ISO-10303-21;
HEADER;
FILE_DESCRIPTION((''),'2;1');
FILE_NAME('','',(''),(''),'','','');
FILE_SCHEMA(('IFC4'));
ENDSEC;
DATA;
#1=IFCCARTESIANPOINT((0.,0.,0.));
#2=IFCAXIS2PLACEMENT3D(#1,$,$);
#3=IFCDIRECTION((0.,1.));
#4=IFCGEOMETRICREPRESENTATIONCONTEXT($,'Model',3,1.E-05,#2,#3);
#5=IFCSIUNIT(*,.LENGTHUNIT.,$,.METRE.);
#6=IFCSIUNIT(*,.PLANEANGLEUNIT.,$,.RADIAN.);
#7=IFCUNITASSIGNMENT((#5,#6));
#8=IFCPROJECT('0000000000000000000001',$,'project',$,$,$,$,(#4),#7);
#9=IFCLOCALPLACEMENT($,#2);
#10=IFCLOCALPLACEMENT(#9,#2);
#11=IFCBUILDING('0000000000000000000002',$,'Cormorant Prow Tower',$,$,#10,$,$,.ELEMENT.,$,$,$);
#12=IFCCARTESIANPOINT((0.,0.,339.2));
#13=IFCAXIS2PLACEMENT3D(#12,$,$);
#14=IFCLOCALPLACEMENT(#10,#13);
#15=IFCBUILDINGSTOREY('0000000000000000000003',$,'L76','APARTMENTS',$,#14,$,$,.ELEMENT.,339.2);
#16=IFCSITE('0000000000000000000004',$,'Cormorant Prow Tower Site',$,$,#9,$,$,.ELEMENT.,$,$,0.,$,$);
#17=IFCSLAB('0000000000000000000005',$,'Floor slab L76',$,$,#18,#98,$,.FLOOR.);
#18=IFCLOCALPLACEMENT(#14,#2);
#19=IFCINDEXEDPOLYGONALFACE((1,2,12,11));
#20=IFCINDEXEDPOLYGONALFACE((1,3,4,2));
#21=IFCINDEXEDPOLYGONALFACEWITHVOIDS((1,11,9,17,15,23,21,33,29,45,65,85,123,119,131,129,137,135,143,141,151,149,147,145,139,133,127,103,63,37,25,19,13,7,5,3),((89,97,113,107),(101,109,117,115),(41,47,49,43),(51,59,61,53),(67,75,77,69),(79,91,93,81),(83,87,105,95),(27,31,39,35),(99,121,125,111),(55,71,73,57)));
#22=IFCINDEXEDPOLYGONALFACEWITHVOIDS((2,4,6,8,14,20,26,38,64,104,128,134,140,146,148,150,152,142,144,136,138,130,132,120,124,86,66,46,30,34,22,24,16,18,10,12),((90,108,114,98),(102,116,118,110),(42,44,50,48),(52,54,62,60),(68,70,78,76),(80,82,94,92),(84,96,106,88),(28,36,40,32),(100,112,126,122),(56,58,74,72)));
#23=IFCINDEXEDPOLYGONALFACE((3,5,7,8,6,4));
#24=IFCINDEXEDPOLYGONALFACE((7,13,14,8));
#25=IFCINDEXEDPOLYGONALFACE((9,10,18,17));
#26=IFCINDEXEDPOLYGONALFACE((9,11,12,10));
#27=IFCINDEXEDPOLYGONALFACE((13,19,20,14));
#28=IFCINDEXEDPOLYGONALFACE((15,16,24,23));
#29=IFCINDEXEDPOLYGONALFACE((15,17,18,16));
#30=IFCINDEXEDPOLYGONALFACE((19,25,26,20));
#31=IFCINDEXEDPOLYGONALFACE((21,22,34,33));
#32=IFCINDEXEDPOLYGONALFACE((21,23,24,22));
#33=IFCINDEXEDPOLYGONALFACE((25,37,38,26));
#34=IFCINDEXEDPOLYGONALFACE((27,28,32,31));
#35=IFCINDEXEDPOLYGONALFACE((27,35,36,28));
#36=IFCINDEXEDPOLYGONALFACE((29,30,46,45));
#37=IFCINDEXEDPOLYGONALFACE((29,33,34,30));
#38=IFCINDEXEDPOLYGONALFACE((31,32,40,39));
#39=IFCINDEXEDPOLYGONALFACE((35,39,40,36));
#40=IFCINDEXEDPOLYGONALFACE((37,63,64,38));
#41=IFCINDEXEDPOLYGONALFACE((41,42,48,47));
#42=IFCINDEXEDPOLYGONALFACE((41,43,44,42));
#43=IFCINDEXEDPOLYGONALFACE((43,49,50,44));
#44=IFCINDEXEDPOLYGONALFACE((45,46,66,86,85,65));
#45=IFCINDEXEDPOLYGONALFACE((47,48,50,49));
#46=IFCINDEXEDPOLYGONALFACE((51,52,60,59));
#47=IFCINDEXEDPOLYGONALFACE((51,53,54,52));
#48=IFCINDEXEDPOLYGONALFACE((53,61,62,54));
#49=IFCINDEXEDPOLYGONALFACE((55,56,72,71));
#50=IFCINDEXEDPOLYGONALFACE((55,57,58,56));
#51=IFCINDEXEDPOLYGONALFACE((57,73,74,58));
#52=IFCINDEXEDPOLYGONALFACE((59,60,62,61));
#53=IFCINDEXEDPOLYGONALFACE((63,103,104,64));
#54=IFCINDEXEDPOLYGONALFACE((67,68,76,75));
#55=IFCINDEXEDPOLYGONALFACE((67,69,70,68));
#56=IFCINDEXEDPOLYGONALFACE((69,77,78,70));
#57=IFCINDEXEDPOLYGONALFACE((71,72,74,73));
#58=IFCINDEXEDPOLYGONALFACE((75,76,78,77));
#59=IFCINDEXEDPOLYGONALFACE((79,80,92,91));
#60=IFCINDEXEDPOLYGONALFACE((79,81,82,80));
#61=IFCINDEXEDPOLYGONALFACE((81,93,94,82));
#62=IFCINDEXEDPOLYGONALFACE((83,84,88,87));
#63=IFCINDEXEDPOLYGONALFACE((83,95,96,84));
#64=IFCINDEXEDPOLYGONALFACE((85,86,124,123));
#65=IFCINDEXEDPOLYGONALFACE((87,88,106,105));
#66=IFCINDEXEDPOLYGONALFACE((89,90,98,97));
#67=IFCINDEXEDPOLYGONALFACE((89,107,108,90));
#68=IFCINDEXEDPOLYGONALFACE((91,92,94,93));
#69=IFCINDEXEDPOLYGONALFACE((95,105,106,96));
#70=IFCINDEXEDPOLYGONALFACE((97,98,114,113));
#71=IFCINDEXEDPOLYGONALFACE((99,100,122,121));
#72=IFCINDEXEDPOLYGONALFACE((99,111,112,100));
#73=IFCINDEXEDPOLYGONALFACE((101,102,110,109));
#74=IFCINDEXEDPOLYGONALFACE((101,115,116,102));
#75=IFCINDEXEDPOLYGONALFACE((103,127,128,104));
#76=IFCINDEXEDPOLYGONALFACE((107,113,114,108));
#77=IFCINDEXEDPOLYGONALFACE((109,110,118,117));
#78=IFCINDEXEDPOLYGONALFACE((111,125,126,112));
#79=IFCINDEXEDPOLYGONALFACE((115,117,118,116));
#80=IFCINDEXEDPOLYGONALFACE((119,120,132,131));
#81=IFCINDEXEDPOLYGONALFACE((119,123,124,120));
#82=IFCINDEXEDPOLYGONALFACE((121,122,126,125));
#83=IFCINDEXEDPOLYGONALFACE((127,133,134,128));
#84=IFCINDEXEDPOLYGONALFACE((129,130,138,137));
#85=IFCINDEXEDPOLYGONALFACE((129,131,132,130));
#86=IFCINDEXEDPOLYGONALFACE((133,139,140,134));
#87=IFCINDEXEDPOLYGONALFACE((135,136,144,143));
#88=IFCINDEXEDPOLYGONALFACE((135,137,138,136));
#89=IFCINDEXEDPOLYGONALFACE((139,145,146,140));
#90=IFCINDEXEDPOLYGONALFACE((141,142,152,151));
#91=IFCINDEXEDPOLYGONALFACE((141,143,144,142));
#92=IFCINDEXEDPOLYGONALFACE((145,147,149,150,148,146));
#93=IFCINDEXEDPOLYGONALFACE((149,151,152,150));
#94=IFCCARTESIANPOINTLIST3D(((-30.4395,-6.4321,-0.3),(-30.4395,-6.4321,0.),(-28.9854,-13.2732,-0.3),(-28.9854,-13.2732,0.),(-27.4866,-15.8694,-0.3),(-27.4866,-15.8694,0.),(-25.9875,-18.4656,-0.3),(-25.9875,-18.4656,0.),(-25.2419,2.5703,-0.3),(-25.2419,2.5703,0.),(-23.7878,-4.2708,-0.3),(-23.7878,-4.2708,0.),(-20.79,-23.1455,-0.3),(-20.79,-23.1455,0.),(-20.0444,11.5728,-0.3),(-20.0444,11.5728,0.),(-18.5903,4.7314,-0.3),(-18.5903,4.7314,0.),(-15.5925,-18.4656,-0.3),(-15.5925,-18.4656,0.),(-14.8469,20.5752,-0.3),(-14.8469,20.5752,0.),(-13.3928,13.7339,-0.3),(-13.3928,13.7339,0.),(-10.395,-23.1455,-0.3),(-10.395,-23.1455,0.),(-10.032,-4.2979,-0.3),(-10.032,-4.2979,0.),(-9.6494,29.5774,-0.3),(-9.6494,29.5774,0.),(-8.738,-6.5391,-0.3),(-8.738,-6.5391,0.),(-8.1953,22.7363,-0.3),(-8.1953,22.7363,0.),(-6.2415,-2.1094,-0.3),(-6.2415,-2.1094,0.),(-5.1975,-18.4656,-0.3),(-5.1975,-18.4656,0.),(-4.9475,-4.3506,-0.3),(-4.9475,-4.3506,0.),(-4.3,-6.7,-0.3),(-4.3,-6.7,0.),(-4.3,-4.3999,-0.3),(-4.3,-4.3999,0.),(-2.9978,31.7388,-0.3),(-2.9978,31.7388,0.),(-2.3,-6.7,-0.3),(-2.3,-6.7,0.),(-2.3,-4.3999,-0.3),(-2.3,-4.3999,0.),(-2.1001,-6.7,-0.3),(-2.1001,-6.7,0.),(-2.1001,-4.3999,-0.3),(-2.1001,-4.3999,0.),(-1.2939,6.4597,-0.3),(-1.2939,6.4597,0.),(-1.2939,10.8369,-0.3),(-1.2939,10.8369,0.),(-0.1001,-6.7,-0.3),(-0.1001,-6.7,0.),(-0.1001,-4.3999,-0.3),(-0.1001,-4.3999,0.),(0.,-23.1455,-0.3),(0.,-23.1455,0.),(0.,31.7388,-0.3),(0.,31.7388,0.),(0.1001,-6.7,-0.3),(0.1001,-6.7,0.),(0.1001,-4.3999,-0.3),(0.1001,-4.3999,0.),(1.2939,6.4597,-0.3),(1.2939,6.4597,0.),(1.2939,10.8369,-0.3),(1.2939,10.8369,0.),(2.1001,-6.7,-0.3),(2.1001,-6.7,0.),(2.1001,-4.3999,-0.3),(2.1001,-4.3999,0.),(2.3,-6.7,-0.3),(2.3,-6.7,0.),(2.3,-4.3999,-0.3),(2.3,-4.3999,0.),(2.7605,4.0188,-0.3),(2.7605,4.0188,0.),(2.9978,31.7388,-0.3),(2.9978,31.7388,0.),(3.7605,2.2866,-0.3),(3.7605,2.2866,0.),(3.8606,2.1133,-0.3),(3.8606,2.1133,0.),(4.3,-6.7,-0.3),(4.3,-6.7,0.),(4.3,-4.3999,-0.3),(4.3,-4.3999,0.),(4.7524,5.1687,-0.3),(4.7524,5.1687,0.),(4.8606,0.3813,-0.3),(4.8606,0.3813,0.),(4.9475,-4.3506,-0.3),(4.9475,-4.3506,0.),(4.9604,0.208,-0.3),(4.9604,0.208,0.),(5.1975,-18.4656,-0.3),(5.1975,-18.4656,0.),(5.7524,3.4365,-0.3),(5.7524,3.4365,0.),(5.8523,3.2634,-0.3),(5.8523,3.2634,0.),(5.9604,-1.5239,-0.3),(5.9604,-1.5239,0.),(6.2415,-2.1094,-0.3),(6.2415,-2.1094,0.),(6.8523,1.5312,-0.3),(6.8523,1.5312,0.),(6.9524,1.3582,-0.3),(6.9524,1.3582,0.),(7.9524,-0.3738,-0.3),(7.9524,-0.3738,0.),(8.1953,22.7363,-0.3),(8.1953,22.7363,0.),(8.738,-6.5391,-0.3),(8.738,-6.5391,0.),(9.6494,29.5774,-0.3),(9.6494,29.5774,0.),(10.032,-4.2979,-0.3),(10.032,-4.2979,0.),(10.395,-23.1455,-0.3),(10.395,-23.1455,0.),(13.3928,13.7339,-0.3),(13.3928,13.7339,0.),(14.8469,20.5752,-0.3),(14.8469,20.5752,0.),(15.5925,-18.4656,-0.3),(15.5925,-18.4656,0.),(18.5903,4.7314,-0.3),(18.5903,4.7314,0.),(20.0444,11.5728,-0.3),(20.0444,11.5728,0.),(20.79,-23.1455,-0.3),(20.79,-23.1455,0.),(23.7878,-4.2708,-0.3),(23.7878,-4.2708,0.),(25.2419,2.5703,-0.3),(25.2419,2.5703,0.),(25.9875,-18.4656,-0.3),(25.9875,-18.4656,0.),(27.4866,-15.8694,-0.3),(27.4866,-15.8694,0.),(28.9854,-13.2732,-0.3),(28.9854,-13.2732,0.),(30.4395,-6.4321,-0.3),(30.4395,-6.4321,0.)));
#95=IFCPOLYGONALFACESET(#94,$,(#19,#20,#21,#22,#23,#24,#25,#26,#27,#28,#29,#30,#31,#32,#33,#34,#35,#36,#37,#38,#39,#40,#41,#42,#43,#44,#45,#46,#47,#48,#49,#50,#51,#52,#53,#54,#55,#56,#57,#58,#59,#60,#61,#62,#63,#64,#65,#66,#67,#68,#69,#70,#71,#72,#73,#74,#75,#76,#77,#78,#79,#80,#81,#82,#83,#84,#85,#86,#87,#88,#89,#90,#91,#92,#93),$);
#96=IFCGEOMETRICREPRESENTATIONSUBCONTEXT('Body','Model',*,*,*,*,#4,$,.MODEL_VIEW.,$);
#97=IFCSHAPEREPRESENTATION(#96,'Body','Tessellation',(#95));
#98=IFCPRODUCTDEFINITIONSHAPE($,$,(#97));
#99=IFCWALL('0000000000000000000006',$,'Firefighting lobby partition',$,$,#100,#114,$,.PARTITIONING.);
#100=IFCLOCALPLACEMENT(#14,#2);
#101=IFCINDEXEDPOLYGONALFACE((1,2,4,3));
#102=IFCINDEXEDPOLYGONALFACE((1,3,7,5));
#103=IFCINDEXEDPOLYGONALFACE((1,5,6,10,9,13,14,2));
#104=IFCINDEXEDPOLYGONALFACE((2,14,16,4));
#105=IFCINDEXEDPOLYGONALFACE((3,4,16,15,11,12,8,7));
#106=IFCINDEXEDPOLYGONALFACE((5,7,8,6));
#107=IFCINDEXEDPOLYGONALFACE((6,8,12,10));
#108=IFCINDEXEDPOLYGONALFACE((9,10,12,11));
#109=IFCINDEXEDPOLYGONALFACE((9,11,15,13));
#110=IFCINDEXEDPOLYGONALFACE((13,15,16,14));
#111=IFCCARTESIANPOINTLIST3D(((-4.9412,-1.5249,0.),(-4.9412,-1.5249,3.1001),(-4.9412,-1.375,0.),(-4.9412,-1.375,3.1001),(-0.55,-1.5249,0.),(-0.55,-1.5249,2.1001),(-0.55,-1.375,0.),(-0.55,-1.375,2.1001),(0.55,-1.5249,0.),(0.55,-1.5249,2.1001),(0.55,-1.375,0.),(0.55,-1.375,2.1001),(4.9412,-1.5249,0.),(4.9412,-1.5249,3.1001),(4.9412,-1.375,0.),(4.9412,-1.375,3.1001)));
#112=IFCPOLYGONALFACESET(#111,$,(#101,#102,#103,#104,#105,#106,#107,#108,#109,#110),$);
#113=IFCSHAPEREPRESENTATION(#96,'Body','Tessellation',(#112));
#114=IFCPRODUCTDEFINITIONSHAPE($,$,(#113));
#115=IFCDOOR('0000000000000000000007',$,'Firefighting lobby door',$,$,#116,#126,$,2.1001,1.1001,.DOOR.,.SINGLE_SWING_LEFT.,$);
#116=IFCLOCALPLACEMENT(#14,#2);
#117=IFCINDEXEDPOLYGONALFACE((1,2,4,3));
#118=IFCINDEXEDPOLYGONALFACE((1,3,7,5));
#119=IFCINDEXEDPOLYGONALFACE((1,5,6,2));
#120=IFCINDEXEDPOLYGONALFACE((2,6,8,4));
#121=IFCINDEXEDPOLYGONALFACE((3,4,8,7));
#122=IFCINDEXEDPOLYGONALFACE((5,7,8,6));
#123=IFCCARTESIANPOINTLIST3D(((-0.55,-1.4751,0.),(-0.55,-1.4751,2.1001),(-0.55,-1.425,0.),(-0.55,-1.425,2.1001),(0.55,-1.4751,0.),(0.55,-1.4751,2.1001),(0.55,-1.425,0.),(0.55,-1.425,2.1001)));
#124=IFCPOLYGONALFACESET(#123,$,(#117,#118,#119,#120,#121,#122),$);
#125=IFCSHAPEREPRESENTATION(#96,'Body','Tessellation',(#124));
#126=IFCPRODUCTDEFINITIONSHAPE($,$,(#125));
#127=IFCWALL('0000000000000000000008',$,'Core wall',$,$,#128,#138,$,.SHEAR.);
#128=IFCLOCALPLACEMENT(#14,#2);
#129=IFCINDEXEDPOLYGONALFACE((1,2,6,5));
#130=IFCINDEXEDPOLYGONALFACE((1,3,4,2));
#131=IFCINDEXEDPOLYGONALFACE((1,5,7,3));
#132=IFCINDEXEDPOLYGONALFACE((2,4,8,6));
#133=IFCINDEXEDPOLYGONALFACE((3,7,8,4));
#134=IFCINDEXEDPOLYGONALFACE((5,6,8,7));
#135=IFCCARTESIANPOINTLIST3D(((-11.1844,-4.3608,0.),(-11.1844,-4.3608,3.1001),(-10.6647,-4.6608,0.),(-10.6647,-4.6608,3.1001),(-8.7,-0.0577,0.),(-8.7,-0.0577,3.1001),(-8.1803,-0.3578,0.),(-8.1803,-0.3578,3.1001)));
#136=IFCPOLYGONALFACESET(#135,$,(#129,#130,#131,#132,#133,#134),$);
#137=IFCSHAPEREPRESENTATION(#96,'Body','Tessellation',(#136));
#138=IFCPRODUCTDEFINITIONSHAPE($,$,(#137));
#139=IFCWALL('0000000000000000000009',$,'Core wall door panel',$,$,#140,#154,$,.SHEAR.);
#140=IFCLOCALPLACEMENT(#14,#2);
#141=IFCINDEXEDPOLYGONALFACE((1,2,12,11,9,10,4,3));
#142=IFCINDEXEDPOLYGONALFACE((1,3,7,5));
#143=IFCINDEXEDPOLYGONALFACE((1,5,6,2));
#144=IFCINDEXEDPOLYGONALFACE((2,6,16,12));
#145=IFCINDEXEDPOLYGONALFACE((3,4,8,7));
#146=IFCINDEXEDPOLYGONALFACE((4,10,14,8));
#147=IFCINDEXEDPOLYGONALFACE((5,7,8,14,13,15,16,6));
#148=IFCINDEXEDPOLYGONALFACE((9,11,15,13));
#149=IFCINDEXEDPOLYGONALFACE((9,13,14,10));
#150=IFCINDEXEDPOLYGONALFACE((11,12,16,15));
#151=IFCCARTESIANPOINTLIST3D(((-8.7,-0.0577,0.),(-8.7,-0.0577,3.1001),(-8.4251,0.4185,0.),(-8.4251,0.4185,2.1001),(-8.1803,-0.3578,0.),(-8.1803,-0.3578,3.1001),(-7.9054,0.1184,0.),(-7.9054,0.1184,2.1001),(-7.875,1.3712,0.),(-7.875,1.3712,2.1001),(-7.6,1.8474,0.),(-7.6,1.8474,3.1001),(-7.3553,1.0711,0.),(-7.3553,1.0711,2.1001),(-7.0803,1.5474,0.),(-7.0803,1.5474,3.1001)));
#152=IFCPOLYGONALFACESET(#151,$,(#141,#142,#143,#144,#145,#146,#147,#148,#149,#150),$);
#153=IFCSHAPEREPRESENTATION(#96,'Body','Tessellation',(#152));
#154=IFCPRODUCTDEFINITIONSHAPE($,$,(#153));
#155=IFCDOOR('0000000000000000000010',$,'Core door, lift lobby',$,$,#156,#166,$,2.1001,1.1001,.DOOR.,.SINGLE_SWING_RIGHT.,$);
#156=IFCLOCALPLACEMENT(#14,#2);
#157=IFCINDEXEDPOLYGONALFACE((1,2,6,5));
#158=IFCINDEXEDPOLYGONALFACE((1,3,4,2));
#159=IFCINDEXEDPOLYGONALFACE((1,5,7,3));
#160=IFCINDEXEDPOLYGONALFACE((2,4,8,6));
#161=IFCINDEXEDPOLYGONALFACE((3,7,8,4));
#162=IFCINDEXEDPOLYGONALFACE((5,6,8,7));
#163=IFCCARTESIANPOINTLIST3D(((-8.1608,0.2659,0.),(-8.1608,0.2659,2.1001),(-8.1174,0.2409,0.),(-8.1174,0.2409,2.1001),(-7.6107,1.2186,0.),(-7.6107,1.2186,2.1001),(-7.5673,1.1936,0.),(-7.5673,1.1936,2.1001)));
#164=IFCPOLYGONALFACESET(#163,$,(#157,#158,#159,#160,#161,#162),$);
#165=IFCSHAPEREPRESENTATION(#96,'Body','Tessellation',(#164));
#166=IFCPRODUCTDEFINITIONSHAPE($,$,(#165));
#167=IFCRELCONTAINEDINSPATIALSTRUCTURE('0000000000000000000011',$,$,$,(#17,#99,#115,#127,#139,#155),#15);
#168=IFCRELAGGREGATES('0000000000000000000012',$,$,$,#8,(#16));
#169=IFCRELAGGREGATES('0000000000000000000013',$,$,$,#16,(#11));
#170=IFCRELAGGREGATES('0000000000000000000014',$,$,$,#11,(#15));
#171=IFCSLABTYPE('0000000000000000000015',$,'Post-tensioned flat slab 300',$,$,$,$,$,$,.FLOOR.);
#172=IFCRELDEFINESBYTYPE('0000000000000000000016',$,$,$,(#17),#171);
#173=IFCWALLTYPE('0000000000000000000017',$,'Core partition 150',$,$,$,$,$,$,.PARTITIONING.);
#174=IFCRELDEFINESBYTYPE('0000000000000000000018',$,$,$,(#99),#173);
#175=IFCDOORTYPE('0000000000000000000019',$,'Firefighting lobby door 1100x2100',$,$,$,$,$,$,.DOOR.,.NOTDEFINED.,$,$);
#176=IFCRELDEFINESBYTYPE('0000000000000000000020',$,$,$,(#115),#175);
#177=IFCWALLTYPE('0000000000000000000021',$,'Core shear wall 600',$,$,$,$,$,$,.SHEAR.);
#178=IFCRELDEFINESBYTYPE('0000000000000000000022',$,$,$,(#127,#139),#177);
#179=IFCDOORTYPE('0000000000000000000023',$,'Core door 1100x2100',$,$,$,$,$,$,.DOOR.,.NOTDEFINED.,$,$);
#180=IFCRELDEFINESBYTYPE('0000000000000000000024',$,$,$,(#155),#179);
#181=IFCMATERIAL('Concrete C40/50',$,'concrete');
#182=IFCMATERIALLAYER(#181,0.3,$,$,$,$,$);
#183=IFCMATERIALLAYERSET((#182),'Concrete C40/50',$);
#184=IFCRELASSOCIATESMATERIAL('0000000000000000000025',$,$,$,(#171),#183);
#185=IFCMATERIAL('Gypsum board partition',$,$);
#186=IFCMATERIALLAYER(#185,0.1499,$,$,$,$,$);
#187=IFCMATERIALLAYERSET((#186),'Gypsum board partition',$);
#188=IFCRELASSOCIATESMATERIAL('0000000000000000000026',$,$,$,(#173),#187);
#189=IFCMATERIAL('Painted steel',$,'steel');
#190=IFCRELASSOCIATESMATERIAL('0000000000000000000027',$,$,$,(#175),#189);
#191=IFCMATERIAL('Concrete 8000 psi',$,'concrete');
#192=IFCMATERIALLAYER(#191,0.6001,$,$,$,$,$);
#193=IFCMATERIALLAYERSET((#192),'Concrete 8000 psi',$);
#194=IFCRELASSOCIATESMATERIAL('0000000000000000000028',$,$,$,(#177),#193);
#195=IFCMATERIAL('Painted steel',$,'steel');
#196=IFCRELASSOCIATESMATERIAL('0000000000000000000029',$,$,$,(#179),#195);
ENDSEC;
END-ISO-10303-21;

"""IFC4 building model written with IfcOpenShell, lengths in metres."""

from ifc_helpers import new_model, si_unit, direction, frame, frame_2d, origin, place, context, subcontext, project, spatial, polyline, rectangle, outline, extrude, material, layer, layer_set, type_object, element, fill, save


model = new_model("IFC4")

# Units and contexts
model_context = context("Model", 3, precision=1e-05, world=origin(), true_north=direction((0.0, 1.0)))
body_context = subcontext(model_context, "Body", "Model", "MODEL_VIEW")
ifc_project = project(units=[si_unit("LENGTHUNIT", "METRE"), si_unit("PLANEANGLEUNIT", "RADIAN")], contexts=[model_context])

# Site, building, storey
site_placement = place(None, origin())
site = spatial("IfcSite", under=ifc_project, at=site_placement, Name="Cormorant Prow Tower Site", CompositionType="ELEMENT", RefElevation=0.0)
building_placement = place(site_placement, origin())
building = spatial("IfcBuilding", under=site, at=building_placement, Name="Cormorant Prow Tower", CompositionType="ELEMENT")
storey_placement = place(building_placement, frame((0.0, 0.0, 339.2)))
storey = spatial("IfcBuildingStorey", under=building, at=storey_placement, Name="L76", Description="APARTMENTS", CompositionType="ELEMENT", Elevation=339.2)

# Slab
ifc_material_1 = material(Name="Concrete C40/50", Category="concrete")
ifc_layer_1 = layer(ifc_material_1, 0.3)
ifc_layer_set_1 = layer_set([ifc_layer_1], Name="Concrete C40/50")
slab_type_1 = type_object("IfcSlabType", Name="Post-tensioned flat slab 300", PredefinedType="FLOOR", material=ifc_layer_set_1)
slab_1_placement = place(storey_placement, frame((0.0, 0.0, -0.3)))
element("IfcSlab", 1, at=slab_1_placement, inside=storey, type_object=slab_type_1, Name="Floor slab L76", PredefinedType="FLOOR", context=body_context, shape_type="SweptSolid", body=[
    extrude(outline(polyline([(-8.1953, 22.7363), (-14.8469, 20.5752), (-13.3928, 13.7339), (-20.0444, 11.5728), (-18.5903, 4.7314), (-25.2419, 2.5703), (-23.7878, -4.2708), (-30.4395, -6.4321), (-28.9854, -13.2732), (-27.4866, -15.8694), (-25.9875, -18.4656), (-20.79, -23.1455), (-15.5925, -18.4656), (-10.395, -23.1455), (-5.1975, -18.4656), (0.0, -23.1455), (5.1975, -18.4656), (10.395, -23.1455), (15.5925, -18.4656), (20.79, -23.1455), (25.9875, -18.4656), (27.4866, -15.8694), (28.9854, -13.2732), (30.4395, -6.4321), (23.7878, -4.2708), (25.2419, 2.5703), (18.5903, 4.7314), (20.0444, 11.5728), (13.3928, 13.7339), (14.8469, 20.5752), (8.1953, 22.7363), (9.6494, 29.5774), (2.9978, 31.7388), (0.0, 31.7388), (-2.9978, 31.7388), (-9.6494, 29.5774), (-8.1953, 22.7363)]), holes=[polyline([(-4.3, -4.3999), (-2.3, -4.3999), (-2.3, -6.7), (-4.3, -6.7), (-4.3, -4.3999)]), polyline([(-0.1001, -4.3999), (-0.1001, -6.7), (-2.1001, -6.7), (-2.1001, -4.3999), (-0.1001, -4.3999)]), polyline([(2.1001, -6.7), (0.1001, -6.7), (0.1001, -4.3999), (2.1001, -4.3999), (2.1001, -6.7)]), polyline([(2.3, -6.7), (2.3, -4.3999), (4.3, -4.3999), (4.3, -6.7), (2.3, -6.7)]), polyline([(5.9604, -1.5239), (4.9604, 0.208), (6.9524, 1.3582), (7.9524, -0.3738), (5.9604, -1.5239)]), polyline([(3.8606, 2.1133), (5.8523, 3.2634), (6.8523, 1.5312), (4.8606, 0.3813), (3.8606, 2.1133)]), polyline([(4.7524, 5.1687), (5.7524, 3.4365), (3.7605, 2.2866), (2.7605, 4.0188), (4.7524, 5.1687)]), polyline([(-4.9475, -4.3506), (-8.738, -6.5391), (-10.032, -4.2979), (-6.2415, -2.1094), (-4.9475, -4.3506)]), polyline([(10.032, -4.2979), (8.738, -6.5391), (4.9475, -4.3506), (6.2415, -2.1094), (10.032, -4.2979)]), polyline([(1.2939, 10.8369), (1.2939, 6.4597), (-1.2939, 6.4597), (-1.2939, 10.8369), (1.2939, 10.8369)])]), origin(), (0.0, 0.0, 1.0), 0.3),
])

# Wall, opening, door
ifc_material_2 = material(Name="Gypsum board partition")
ifc_layer_2 = layer(ifc_material_2, 0.1499)
ifc_layer_set_2 = layer_set([ifc_layer_2], Name="Gypsum board partition")
wall_type_1 = type_object("IfcWallType", Name="Core partition 150", PredefinedType="PARTITIONING", material=ifc_layer_set_2)
wall_1_placement = place(storey_placement, frame((-4.9412, -1.45, 0.0), z_axis=(0.0, 0.0, 1.0), x_axis=(1.0, 0.0, 0.0)))
wall_1 = element("IfcWall", 2, at=wall_1_placement, inside=storey, type_object=wall_type_1, Name="Firefighting lobby partition", PredefinedType="PARTITIONING", context=body_context, shape_type="SweptSolid", body=[
    extrude(rectangle(XDim=9.8823, YDim=0.1499, at=frame_2d((4.9412, 0.0))), origin(), (0.0, 0.0, 1.0), 3.1001),
])
opening_1_placement = place(wall_1_placement, frame((4.3911, 0.0, 0.0)))
opening_1 = element("IfcOpeningElement", 3, at=opening_1_placement, cuts=wall_1, PredefinedType="OPENING", context=body_context, shape_type="SweptSolid", body=[
    extrude(rectangle(XDim=1.1001, YDim=2.1001, at=frame_2d((0.55, 1.05))), frame((0.0, 0.085, 0.0), z_axis=(0.0, -1.0, 0.0), x_axis=(1.0, 0.0, 0.0)), (0.0, 0.0, 1.0), 0.1699),
])
ifc_material_3 = material(Name="Painted steel", Category="steel")
door_type_1 = type_object("IfcDoorType", Name="Firefighting lobby door 1100x2100", OperationType="NOTDEFINED", PredefinedType="DOOR", material=ifc_material_3)
door_1_placement = place(opening_1_placement, origin())
door_1 = element("IfcDoor", 4, at=door_1_placement, inside=storey, type_object=door_type_1, Name="Firefighting lobby door", OperationType="SINGLE_SWING_LEFT", OverallHeight=2.1001, OverallWidth=1.1001, PredefinedType="DOOR", context=body_context, shape_type="SweptSolid", body=[
    extrude(rectangle(XDim=1.1001, YDim=2.1001, at=frame_2d((0.55, 1.05))), frame((0.0, 0.0249, 0.0), z_axis=(0.0, -1.0, 0.0), x_axis=(1.0, 0.0, 0.0)), (0.0, 0.0, 1.0), 0.05),
])
fill(opening_1, door_1)

# Wall
ifc_material_4 = material(Name="Concrete 8000 psi", Category="concrete")
ifc_layer_3 = layer(ifc_material_4, 0.6001)
ifc_layer_set_3 = layer_set([ifc_layer_3], Name="Concrete 8000 psi")
wall_type_2 = type_object("IfcWallType", Name="Core shear wall 600", PredefinedType="SHEAR", material=ifc_layer_set_3)
wall_2_placement = place(storey_placement, frame((-8.4402, -0.2078, 0.0), z_axis=(0.0, 0.0, 1.0), x_axis=(-0.500007, -0.866021, 0.0)))
element("IfcWall", 5, at=wall_2_placement, inside=storey, type_object=wall_type_2, Name="Core wall", PredefinedType="SHEAR", context=body_context, shape_type="SweptSolid", body=[
    extrude(rectangle(XDim=4.9688, YDim=0.6001, at=frame_2d((2.4844, 0.0))), origin(), (0.0, 0.0, 1.0), 3.1001),
])

# Wall, opening, door
wall_3_placement = place(storey_placement, frame((-7.3401, 1.6975, 0.0), z_axis=(0.0, 0.0, 1.0), x_axis=(-0.50003, -0.866008, 0.0)))
wall_3 = element("IfcWall", 6, at=wall_3_placement, inside=storey, type_object=wall_type_2, Name="Core wall door panel", PredefinedType="SHEAR", context=body_context, shape_type="SweptSolid", body=[
    extrude(rectangle(XDim=2.2, YDim=0.6001, at=frame_2d((1.1001, 0.0))), origin(), (0.0, 0.0, 1.0), 3.1001),
])
opening_2_placement = place(wall_3_placement, frame((0.55, 0.0, 0.0)))
opening_2 = element("IfcOpeningElement", 7, at=opening_2_placement, cuts=wall_3, PredefinedType="OPENING", context=body_context, shape_type="SweptSolid", body=[
    extrude(rectangle(XDim=1.1001, YDim=2.1001, at=frame_2d((0.55, 1.05))), frame((0.0, 0.3101, 0.0), z_axis=(0.0, -1.0, 0.0), x_axis=(1.0, 0.0, 0.0)), (0.0, 0.0, 1.0), 0.6201),
])
ifc_material_5 = material(Name="Painted steel", Category="steel")
door_type_2 = type_object("IfcDoorType", Name="Core door 1100x2100", OperationType="NOTDEFINED", PredefinedType="DOOR", material=ifc_material_5)
door_2_placement = place(opening_2_placement, origin())
door_2 = element("IfcDoor", 8, at=door_2_placement, inside=storey, type_object=door_type_2, Name="Core door, lift lobby", OperationType="SINGLE_SWING_RIGHT", OverallHeight=2.1001, OverallWidth=1.1001, PredefinedType="DOOR", context=body_context, shape_type="SweptSolid", body=[
    extrude(rectangle(XDim=1.1001, YDim=2.1001, at=frame_2d((0.55, 1.05))), frame((0.0, 0.0552, 0.0), z_axis=(0.0, -1.0, 0.0), x_axis=(1.0, 0.0, 0.0)), (0.0, 0.0, 1.0), 0.05),
])
fill(opening_2, door_2)

save(model, "model.ifc")
